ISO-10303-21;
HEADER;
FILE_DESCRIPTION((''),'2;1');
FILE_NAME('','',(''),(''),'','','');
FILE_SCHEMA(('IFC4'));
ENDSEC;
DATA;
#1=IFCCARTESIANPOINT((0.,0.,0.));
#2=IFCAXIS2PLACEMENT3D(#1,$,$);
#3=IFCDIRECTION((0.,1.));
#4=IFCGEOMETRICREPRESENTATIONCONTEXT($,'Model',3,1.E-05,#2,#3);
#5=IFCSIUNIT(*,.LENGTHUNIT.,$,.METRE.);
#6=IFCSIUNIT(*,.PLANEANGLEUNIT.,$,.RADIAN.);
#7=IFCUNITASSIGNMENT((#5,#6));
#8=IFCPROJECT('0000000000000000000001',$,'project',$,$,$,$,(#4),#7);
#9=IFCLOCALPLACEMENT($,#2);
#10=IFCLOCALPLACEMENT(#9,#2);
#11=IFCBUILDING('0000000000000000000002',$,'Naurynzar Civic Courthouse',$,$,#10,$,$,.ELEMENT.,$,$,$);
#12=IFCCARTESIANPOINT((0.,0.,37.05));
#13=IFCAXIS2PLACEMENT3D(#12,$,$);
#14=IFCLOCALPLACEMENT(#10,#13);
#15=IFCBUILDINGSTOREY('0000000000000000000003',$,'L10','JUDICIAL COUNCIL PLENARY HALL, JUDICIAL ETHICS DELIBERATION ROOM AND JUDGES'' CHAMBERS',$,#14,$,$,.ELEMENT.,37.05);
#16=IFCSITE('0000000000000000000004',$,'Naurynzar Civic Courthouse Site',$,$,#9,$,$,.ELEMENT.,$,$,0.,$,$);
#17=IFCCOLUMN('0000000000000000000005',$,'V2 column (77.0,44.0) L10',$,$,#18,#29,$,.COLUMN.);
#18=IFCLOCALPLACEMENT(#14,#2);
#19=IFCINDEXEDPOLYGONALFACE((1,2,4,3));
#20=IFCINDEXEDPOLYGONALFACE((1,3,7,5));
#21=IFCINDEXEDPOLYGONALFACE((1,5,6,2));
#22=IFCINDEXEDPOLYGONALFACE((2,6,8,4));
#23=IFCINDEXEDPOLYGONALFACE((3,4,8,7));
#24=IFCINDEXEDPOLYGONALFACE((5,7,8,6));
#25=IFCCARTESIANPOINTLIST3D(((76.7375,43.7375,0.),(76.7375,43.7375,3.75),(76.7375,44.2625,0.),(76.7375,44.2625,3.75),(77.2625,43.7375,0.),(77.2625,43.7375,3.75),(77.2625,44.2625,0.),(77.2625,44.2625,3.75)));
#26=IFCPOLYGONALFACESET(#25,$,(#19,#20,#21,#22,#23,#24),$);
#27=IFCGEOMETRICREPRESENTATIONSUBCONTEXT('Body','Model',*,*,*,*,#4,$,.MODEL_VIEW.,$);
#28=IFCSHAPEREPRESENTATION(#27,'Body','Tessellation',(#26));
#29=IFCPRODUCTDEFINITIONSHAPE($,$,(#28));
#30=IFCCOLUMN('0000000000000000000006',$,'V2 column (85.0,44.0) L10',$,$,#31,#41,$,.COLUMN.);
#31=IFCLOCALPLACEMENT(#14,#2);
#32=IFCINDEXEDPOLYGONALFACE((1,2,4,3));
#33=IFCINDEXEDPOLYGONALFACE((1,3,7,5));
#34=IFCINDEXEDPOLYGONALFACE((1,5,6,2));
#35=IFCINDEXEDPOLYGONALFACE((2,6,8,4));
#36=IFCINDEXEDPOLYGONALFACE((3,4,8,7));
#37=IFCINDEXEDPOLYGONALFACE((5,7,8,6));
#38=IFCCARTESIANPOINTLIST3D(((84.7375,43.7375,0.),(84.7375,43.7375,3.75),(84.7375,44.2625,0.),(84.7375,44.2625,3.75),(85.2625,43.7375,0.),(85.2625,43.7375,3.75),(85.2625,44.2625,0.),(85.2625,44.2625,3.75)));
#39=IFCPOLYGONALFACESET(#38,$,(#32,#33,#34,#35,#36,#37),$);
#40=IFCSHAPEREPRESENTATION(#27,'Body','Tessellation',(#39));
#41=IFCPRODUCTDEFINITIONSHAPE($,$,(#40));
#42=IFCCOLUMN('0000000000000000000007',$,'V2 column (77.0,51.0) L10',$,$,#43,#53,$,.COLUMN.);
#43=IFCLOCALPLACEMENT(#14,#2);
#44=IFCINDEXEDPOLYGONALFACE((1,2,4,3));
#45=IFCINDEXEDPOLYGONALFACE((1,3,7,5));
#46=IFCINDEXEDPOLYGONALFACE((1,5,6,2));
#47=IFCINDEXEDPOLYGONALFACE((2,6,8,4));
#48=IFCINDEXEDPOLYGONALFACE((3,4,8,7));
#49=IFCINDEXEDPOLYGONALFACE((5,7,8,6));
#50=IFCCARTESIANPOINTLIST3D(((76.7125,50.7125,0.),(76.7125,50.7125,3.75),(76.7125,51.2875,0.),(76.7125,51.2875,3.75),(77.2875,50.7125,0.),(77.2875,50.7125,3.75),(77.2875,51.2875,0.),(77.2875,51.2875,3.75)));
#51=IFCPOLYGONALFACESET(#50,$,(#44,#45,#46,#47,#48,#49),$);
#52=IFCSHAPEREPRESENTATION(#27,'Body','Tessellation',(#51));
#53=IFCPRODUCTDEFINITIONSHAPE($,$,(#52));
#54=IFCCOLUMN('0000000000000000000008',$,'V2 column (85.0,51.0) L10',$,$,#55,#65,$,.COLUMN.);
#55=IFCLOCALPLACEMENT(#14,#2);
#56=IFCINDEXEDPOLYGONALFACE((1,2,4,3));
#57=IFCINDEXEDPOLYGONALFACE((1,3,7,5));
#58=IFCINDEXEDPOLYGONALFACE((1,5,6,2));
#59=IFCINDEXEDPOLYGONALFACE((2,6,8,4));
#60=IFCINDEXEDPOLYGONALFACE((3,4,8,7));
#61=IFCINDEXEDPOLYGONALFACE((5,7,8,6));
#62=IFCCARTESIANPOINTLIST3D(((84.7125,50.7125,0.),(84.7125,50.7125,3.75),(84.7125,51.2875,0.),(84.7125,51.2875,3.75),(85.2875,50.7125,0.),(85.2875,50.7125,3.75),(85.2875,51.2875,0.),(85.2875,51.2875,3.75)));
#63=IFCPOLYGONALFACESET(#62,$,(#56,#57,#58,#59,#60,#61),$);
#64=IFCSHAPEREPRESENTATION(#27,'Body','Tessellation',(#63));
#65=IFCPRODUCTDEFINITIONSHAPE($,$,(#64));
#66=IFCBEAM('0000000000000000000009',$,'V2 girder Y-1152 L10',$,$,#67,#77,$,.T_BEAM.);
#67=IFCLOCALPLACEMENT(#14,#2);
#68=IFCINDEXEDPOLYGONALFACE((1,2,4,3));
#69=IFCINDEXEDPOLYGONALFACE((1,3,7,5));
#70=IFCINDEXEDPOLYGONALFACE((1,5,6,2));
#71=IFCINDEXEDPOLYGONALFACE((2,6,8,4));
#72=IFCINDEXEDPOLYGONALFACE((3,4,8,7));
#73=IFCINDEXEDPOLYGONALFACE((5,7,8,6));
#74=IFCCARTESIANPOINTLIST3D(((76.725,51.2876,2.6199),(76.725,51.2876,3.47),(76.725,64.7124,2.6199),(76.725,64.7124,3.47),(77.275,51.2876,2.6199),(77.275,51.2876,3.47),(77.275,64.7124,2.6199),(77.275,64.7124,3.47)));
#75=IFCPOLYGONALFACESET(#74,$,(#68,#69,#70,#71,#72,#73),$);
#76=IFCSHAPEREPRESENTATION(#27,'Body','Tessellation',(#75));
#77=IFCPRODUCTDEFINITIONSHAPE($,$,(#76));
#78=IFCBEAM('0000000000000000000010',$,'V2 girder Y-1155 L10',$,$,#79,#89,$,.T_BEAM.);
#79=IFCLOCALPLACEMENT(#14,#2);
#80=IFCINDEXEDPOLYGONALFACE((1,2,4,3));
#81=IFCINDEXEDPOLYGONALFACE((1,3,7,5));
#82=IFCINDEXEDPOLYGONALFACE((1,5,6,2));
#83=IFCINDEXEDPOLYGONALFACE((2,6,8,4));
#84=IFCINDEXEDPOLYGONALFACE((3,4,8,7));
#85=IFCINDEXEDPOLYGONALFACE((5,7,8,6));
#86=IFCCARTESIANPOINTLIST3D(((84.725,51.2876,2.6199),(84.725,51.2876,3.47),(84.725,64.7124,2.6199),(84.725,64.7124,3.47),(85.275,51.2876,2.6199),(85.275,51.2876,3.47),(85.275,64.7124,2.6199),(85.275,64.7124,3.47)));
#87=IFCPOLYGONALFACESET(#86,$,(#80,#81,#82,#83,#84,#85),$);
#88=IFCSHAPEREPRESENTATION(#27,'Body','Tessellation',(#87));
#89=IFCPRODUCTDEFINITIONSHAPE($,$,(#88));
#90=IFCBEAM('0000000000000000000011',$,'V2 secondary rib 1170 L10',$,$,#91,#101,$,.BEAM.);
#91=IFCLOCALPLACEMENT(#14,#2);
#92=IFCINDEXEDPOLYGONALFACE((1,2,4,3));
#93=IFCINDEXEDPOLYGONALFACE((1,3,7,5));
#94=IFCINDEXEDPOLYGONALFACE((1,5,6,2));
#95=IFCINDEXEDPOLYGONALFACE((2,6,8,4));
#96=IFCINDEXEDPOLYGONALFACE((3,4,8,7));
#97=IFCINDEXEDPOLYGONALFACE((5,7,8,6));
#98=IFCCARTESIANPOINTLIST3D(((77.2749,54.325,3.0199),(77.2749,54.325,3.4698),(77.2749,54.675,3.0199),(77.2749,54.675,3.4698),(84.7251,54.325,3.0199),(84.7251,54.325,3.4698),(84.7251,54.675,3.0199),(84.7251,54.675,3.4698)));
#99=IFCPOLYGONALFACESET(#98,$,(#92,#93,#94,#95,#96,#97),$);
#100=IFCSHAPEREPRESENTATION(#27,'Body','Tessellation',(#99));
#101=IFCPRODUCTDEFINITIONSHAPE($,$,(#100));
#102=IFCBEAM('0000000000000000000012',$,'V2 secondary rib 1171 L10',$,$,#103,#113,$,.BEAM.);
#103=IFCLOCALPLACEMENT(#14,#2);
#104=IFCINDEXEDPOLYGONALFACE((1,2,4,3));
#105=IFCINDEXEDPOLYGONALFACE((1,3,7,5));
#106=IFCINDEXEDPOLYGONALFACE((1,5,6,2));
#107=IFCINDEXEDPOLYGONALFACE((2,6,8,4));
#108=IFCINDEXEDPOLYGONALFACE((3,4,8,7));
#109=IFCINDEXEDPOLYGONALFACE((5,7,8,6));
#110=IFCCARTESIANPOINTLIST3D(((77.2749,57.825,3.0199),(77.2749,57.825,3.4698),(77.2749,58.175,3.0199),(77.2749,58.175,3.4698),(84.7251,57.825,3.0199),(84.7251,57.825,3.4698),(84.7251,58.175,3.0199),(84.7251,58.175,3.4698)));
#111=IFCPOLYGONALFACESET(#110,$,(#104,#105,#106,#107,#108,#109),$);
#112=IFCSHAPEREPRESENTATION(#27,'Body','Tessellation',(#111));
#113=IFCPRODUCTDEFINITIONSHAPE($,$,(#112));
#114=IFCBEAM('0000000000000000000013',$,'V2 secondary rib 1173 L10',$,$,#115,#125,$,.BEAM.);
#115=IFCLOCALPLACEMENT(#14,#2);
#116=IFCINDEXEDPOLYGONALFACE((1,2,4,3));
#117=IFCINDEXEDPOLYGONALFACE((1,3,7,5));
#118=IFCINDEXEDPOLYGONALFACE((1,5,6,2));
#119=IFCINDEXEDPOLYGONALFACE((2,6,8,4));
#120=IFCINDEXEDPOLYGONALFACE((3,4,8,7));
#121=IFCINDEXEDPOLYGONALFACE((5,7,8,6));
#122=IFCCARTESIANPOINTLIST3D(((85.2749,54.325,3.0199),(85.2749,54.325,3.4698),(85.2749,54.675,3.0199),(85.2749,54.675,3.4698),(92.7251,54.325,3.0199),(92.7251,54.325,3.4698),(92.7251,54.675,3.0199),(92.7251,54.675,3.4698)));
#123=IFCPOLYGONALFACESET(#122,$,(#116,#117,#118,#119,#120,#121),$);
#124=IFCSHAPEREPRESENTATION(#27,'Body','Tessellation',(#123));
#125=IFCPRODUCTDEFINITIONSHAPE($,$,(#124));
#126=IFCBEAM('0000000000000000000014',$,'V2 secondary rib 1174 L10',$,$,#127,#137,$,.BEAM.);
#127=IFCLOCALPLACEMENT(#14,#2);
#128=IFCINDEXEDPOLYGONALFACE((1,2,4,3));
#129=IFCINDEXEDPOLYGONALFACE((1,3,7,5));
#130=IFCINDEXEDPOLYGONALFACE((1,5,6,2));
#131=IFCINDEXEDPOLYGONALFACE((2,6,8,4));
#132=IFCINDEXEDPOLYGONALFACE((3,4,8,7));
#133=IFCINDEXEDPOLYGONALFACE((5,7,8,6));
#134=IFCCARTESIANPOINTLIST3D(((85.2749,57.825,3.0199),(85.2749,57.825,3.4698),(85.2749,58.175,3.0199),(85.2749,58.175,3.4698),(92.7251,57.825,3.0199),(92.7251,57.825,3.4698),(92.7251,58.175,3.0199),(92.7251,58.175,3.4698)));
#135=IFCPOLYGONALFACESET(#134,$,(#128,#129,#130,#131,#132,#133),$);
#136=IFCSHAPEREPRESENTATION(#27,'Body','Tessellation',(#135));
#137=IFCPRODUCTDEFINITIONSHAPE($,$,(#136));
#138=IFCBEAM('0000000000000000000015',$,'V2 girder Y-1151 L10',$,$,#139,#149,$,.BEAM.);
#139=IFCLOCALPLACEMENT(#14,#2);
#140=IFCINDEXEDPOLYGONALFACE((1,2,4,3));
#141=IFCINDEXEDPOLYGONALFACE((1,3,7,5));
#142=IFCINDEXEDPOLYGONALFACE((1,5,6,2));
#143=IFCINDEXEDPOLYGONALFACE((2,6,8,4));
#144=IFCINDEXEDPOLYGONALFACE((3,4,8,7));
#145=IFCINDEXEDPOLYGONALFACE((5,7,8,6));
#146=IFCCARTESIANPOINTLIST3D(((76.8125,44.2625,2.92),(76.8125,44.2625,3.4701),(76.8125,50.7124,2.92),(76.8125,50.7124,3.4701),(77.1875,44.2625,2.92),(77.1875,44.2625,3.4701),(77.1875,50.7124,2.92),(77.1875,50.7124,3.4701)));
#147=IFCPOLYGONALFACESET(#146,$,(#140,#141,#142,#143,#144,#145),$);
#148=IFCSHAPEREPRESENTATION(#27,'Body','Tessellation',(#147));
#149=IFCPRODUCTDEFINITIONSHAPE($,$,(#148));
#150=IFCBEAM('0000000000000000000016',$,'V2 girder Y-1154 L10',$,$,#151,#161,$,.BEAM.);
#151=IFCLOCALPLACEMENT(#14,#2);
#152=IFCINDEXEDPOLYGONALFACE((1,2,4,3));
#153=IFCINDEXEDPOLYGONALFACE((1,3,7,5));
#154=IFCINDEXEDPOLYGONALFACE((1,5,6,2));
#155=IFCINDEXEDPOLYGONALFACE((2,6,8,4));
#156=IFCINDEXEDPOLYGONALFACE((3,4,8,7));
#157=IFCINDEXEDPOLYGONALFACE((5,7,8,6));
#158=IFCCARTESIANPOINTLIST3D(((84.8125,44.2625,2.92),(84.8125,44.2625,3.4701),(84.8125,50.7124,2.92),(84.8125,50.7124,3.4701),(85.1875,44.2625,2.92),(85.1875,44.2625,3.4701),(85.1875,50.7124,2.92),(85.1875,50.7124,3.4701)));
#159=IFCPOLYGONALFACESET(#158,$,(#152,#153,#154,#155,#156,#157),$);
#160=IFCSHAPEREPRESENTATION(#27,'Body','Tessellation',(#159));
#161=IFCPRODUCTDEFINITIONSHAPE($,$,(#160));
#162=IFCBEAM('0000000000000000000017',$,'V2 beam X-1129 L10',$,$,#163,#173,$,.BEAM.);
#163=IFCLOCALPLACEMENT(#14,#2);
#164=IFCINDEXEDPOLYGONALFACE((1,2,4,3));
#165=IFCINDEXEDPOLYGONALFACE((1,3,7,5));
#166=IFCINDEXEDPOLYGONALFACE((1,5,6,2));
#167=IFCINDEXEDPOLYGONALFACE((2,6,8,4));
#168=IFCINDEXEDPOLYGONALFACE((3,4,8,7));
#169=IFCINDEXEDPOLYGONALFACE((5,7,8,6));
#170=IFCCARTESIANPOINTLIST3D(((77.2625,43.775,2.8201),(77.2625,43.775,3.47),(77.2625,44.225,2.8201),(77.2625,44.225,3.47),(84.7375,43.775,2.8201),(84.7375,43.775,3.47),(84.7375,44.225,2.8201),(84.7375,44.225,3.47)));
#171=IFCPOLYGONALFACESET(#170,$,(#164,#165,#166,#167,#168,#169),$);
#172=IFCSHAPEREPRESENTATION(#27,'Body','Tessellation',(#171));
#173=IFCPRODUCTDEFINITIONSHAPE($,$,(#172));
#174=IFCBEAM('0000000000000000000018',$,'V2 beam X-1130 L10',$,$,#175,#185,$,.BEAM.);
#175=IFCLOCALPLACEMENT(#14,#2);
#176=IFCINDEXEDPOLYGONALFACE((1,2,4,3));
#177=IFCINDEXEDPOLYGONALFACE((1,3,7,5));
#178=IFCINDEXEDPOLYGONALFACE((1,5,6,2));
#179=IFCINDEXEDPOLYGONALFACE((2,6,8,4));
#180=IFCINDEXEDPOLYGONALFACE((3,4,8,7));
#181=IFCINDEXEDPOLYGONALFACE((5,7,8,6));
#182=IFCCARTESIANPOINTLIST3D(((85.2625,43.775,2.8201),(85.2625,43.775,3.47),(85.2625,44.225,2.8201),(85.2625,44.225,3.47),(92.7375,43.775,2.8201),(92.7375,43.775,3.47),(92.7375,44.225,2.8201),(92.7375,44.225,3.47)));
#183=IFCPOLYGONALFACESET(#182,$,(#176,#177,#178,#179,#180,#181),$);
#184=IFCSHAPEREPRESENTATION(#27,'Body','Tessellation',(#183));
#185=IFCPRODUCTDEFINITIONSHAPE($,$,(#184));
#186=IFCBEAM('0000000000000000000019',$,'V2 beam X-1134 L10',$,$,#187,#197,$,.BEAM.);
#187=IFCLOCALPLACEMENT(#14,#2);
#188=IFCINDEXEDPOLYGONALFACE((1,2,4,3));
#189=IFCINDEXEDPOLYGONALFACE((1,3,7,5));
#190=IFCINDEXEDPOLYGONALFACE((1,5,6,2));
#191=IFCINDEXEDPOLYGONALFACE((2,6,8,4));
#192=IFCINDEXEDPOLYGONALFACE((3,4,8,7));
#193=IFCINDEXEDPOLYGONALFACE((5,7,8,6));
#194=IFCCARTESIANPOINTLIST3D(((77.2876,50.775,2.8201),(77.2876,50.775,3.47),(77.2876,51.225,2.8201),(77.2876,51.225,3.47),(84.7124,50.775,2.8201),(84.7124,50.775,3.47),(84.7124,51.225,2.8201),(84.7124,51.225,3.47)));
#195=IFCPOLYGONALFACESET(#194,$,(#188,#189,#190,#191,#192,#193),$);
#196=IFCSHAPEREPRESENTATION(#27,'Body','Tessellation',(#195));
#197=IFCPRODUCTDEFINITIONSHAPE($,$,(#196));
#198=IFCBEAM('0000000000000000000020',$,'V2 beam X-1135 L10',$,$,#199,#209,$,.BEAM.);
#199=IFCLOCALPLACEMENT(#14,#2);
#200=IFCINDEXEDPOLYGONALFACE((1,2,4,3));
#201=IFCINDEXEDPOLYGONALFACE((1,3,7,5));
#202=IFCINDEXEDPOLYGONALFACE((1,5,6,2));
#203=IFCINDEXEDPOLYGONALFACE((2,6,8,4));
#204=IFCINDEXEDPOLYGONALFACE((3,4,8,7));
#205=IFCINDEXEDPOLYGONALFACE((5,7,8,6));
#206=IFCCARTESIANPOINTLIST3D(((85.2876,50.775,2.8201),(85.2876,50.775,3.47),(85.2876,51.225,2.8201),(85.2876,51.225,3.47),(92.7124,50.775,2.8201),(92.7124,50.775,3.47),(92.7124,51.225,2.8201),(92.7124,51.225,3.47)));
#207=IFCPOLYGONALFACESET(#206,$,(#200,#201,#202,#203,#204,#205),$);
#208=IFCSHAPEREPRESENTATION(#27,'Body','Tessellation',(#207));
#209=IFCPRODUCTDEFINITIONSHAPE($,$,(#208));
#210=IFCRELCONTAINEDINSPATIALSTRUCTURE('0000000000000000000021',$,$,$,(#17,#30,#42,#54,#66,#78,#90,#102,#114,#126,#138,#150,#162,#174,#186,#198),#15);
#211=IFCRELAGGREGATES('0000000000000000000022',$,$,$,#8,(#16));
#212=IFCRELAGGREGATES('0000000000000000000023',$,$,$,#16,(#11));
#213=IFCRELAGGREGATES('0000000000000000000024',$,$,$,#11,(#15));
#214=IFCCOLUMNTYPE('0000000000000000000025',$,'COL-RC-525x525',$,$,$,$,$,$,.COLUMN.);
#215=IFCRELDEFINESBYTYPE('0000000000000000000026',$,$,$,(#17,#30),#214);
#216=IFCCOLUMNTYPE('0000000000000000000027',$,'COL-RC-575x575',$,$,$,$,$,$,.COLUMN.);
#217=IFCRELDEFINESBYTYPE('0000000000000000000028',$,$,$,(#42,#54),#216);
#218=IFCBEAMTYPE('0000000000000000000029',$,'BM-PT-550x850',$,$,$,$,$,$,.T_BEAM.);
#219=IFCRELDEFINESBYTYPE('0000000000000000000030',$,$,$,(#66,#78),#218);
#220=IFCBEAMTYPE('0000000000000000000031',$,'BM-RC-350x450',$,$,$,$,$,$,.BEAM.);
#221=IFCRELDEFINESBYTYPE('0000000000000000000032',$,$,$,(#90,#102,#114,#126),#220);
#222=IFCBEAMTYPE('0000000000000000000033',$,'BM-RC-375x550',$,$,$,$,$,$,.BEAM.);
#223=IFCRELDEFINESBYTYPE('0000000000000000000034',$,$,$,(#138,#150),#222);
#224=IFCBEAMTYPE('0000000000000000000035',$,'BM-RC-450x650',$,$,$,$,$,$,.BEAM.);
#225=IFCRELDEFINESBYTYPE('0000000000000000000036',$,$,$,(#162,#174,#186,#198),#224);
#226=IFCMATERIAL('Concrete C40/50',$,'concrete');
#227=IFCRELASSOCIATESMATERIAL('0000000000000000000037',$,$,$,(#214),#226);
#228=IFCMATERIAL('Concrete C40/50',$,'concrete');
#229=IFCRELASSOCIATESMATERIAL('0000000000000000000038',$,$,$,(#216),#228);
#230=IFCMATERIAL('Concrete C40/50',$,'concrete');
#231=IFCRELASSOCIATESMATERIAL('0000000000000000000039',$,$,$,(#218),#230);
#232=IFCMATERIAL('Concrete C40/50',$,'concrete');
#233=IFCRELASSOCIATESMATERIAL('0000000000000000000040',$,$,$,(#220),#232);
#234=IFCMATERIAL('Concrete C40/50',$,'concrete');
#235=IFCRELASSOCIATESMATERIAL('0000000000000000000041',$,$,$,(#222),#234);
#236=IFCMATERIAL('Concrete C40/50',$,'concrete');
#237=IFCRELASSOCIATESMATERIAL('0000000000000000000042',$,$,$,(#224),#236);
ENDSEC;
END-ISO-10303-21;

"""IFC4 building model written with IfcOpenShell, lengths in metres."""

from ifc_helpers import new_model, si_unit, direction, frame, origin, origin_2d, place, context, subcontext, project, spatial, rectangle, extrude, material, material_profile, profile_set, type_object, element, save


model = new_model("IFC4")

# Units and contexts
model_context = context("Model", 3, precision=1e-05, world=origin(), true_north=direction((0.0, 1.0)))
body_context = subcontext(model_context, "Body", "Model", "MODEL_VIEW")
ifc_project = project(units=[si_unit("LENGTHUNIT", "METRE"), si_unit("PLANEANGLEUNIT", "RADIAN")], contexts=[model_context])

# Site, building, storey
site_placement = place(None, origin())
site = spatial("IfcSite", under=ifc_project, at=site_placement, Name="Naurynzar Civic Courthouse Site", CompositionType="ELEMENT", RefElevation=0.0)
building_placement = place(site_placement, origin())
building = spatial("IfcBuilding", under=site, at=building_placement, Name="Naurynzar Civic Courthouse", CompositionType="ELEMENT")
storey_placement = place(building_placement, frame((0.0, 0.0, 37.05)))
storey = spatial("IfcBuildingStorey", under=building, at=storey_placement, Name="L10", Description="JUDICIAL COUNCIL PLENARY HALL, JUDICIAL ETHICS DELIBERATION ROOM AND JUDGES' CHAMBERS", CompositionType="ELEMENT", Elevation=37.05)

# Columns
ifc_material_1 = material(Name="Concrete C40/50", Category="concrete")
ifc_material_profile_1 = material_profile(ifc_material_1, rectangle(XDim=0.5249, YDim=0.5249, at=origin_2d()), Name="RC 525x525")
ifc_profile_set_1 = profile_set([ifc_material_profile_1], Name="Concrete C40/50")
column_type_1 = type_object("IfcColumnType", Name="COL-RC-525x525", PredefinedType="COLUMN", material=ifc_profile_set_1)
for number, where, z_axis, x_axis, name in (
    (1, (77.0, 44.0, 0.0), (0.0, 0.0, 1.0), (1.0, 0.0, 0.0), "V2 column (77.0,44.0) L10"),
    (2, (85.0, 44.0, 0.0), (0.0, 0.0, 1.0), (1.0, 0.0, 0.0), "V2 column (85.0,44.0) L10"),
):
    element("IfcColumn", number, at=place(storey_placement, frame(where, z_axis=z_axis, x_axis=x_axis)), inside=storey, type_object=column_type_1, Name=name, PredefinedType="COLUMN", context=body_context, shape_type="SweptSolid", body=[
        extrude(rectangle(XDim=0.5249, YDim=0.5249, at=origin_2d()), origin(), (0.0, 0.0, 1.0), 3.75),
    ])
ifc_material_2 = material(Name="Concrete C40/50", Category="concrete")
ifc_material_profile_2 = material_profile(ifc_material_2, rectangle(XDim=0.575, YDim=0.575, at=origin_2d()), Name="RC 575x575")
ifc_profile_set_2 = profile_set([ifc_material_profile_2], Name="Concrete C40/50")
column_type_2 = type_object("IfcColumnType", Name="COL-RC-575x575", PredefinedType="COLUMN", material=ifc_profile_set_2)
for number, where, z_axis, x_axis, name in (
    (3, (77.0, 51.0, 0.0), (0.0, 0.0, 1.0), (1.0, 0.0, 0.0), "V2 column (77.0,51.0) L10"),
    (4, (85.0, 51.0, 0.0), (0.0, 0.0, 1.0), (1.0, 0.0, 0.0), "V2 column (85.0,51.0) L10"),
):
    element("IfcColumn", number, at=place(storey_placement, frame(where, z_axis=z_axis, x_axis=x_axis)), inside=storey, type_object=column_type_2, Name=name, PredefinedType="COLUMN", context=body_context, shape_type="SweptSolid", body=[
        extrude(rectangle(XDim=0.575, YDim=0.575, at=origin_2d()), origin(), (0.0, 0.0, 1.0), 3.75),
    ])

# Beams
ifc_material_3 = material(Name="Concrete C40/50", Category="concrete")
ifc_material_profile_3 = material_profile(ifc_material_3, rectangle(XDim=0.55, YDim=0.8501, at=origin_2d()), Name="PTB 550x850")
ifc_profile_set_3 = profile_set([ifc_material_profile_3], Name="Concrete C40/50")
beam_type_1 = type_object("IfcBeamType", Name="BM-PT-550x850", PredefinedType="T_BEAM", material=ifc_profile_set_3)
for number, where, z_axis, x_axis, name in (
    (5, (77.0, 51.2876, 3.0449), (0.0, 1.0, 0.0), (-1.0, 0.0, 0.0), "V2 girder Y-1152 L10"),
    (6, (85.0, 51.2876, 3.0449), (0.0, 1.0, 0.0), (-1.0, 0.0, 0.0), "V2 girder Y-1155 L10"),
):
    element("IfcBeam", number, at=place(storey_placement, frame(where, z_axis=z_axis, x_axis=x_axis)), inside=storey, type_object=beam_type_1, Name=name, PredefinedType="T_BEAM", context=body_context, shape_type="SweptSolid", body=[
        extrude(rectangle(XDim=0.55, YDim=0.8501, at=origin_2d()), origin(), (0.0, 0.0, 1.0), 13.4248),
    ])
ifc_material_4 = material(Name="Concrete C40/50", Category="concrete")
ifc_material_profile_4 = material_profile(ifc_material_4, rectangle(XDim=0.3501, YDim=0.45, at=origin_2d()), Name="RCB 350x450")
ifc_profile_set_4 = profile_set([ifc_material_profile_4], Name="Concrete C40/50")
beam_type_2 = type_object("IfcBeamType", Name="BM-RC-350x450", PredefinedType="BEAM", material=ifc_profile_set_4)
for number, where, z_axis, x_axis, name in (
    (7, (77.2749, 54.5, 3.2449), (1.0, 0.0, 0.0), (0.0, 1.0, 0.0), "V2 secondary rib 1170 L10"),
    (8, (77.2749, 58.0, 3.2449), (1.0, 0.0, 0.0), (0.0, 1.0, 0.0), "V2 secondary rib 1171 L10"),
    (9, (85.2749, 54.5, 3.2449), (1.0, 0.0, 0.0), (0.0, 1.0, 0.0), "V2 secondary rib 1173 L10"),
    (10, (85.2749, 58.0, 3.2449), (1.0, 0.0, 0.0), (0.0, 1.0, 0.0), "V2 secondary rib 1174 L10"),
):
    element("IfcBeam", number, at=place(storey_placement, frame(where, z_axis=z_axis, x_axis=x_axis)), inside=storey, type_object=beam_type_2, Name=name, PredefinedType="BEAM", context=body_context, shape_type="SweptSolid", body=[
        extrude(rectangle(XDim=0.3501, YDim=0.45, at=origin_2d()), origin(), (0.0, 0.0, 1.0), 7.4502),
    ])
ifc_material_5 = material(Name="Concrete C40/50", Category="concrete")
ifc_material_profile_5 = material_profile(ifc_material_5, rectangle(XDim=0.375, YDim=0.55, at=origin_2d()), Name="RCB 375x550")
ifc_profile_set_5 = profile_set([ifc_material_profile_5], Name="Concrete C40/50")
beam_type_3 = type_object("IfcBeamType", Name="BM-RC-375x550", PredefinedType="BEAM", material=ifc_profile_set_5)
for number, where, z_axis, x_axis, name in (
    (11, (77.0, 44.2625, 3.1951), (0.0, 1.0, 0.0), (-1.0, 0.0, 0.0), "V2 girder Y-1151 L10"),
    (12, (85.0, 44.2625, 3.1951), (0.0, 1.0, 0.0), (-1.0, 0.0, 0.0), "V2 girder Y-1154 L10"),
):
    element("IfcBeam", number, at=place(storey_placement, frame(where, z_axis=z_axis, x_axis=x_axis)), inside=storey, type_object=beam_type_3, Name=name, PredefinedType="BEAM", context=body_context, shape_type="SweptSolid", body=[
        extrude(rectangle(XDim=0.375, YDim=0.55, at=origin_2d()), origin(), (0.0, 0.0, 1.0), 6.45),
    ])
ifc_material_6 = material(Name="Concrete C40/50", Category="concrete")
ifc_material_profile_6 = material_profile(ifc_material_6, rectangle(XDim=0.45, YDim=0.6499, at=origin_2d()), Name="RCB 450x650")
ifc_profile_set_6 = profile_set([ifc_material_profile_6], Name="Concrete C40/50")
beam_type_4 = type_object("IfcBeamType", Name="BM-RC-450x650", PredefinedType="BEAM", material=ifc_profile_set_6)
for number, where, z_axis, x_axis, name in (
    (13, (77.2625, 44.0, 3.145), (1.0, 0.0, 0.0), (0.0, 1.0, 0.0), "V2 beam X-1129 L10"),
    (14, (85.2625, 44.0, 3.145), (1.0, 0.0, 0.0), (0.0, 1.0, 0.0), "V2 beam X-1130 L10"),
):
    element("IfcBeam", number, at=place(storey_placement, frame(where, z_axis=z_axis, x_axis=x_axis)), inside=storey, type_object=beam_type_4, Name=name, PredefinedType="BEAM", context=body_context, shape_type="SweptSolid", body=[
        extrude(rectangle(XDim=0.45, YDim=0.6499, at=origin_2d()), origin(), (0.0, 0.0, 1.0), 7.4751),
    ])
for number, where, z_axis, x_axis, name in (
    (15, (77.2876, 51.0, 3.145), (1.0, 0.0, 0.0), (0.0, 1.0, 0.0), "V2 beam X-1134 L10"),
    (16, (85.2876, 51.0, 3.145), (1.0, 0.0, 0.0), (0.0, 1.0, 0.0), "V2 beam X-1135 L10"),
):
    element("IfcBeam", number, at=place(storey_placement, frame(where, z_axis=z_axis, x_axis=x_axis)), inside=storey, type_object=beam_type_4, Name=name, PredefinedType="BEAM", context=body_context, shape_type="SweptSolid", body=[
        extrude(rectangle(XDim=0.45, YDim=0.6499, at=origin_2d()), origin(), (0.0, 0.0, 1.0), 7.4248),
    ])

save(model, "model.ifc")
